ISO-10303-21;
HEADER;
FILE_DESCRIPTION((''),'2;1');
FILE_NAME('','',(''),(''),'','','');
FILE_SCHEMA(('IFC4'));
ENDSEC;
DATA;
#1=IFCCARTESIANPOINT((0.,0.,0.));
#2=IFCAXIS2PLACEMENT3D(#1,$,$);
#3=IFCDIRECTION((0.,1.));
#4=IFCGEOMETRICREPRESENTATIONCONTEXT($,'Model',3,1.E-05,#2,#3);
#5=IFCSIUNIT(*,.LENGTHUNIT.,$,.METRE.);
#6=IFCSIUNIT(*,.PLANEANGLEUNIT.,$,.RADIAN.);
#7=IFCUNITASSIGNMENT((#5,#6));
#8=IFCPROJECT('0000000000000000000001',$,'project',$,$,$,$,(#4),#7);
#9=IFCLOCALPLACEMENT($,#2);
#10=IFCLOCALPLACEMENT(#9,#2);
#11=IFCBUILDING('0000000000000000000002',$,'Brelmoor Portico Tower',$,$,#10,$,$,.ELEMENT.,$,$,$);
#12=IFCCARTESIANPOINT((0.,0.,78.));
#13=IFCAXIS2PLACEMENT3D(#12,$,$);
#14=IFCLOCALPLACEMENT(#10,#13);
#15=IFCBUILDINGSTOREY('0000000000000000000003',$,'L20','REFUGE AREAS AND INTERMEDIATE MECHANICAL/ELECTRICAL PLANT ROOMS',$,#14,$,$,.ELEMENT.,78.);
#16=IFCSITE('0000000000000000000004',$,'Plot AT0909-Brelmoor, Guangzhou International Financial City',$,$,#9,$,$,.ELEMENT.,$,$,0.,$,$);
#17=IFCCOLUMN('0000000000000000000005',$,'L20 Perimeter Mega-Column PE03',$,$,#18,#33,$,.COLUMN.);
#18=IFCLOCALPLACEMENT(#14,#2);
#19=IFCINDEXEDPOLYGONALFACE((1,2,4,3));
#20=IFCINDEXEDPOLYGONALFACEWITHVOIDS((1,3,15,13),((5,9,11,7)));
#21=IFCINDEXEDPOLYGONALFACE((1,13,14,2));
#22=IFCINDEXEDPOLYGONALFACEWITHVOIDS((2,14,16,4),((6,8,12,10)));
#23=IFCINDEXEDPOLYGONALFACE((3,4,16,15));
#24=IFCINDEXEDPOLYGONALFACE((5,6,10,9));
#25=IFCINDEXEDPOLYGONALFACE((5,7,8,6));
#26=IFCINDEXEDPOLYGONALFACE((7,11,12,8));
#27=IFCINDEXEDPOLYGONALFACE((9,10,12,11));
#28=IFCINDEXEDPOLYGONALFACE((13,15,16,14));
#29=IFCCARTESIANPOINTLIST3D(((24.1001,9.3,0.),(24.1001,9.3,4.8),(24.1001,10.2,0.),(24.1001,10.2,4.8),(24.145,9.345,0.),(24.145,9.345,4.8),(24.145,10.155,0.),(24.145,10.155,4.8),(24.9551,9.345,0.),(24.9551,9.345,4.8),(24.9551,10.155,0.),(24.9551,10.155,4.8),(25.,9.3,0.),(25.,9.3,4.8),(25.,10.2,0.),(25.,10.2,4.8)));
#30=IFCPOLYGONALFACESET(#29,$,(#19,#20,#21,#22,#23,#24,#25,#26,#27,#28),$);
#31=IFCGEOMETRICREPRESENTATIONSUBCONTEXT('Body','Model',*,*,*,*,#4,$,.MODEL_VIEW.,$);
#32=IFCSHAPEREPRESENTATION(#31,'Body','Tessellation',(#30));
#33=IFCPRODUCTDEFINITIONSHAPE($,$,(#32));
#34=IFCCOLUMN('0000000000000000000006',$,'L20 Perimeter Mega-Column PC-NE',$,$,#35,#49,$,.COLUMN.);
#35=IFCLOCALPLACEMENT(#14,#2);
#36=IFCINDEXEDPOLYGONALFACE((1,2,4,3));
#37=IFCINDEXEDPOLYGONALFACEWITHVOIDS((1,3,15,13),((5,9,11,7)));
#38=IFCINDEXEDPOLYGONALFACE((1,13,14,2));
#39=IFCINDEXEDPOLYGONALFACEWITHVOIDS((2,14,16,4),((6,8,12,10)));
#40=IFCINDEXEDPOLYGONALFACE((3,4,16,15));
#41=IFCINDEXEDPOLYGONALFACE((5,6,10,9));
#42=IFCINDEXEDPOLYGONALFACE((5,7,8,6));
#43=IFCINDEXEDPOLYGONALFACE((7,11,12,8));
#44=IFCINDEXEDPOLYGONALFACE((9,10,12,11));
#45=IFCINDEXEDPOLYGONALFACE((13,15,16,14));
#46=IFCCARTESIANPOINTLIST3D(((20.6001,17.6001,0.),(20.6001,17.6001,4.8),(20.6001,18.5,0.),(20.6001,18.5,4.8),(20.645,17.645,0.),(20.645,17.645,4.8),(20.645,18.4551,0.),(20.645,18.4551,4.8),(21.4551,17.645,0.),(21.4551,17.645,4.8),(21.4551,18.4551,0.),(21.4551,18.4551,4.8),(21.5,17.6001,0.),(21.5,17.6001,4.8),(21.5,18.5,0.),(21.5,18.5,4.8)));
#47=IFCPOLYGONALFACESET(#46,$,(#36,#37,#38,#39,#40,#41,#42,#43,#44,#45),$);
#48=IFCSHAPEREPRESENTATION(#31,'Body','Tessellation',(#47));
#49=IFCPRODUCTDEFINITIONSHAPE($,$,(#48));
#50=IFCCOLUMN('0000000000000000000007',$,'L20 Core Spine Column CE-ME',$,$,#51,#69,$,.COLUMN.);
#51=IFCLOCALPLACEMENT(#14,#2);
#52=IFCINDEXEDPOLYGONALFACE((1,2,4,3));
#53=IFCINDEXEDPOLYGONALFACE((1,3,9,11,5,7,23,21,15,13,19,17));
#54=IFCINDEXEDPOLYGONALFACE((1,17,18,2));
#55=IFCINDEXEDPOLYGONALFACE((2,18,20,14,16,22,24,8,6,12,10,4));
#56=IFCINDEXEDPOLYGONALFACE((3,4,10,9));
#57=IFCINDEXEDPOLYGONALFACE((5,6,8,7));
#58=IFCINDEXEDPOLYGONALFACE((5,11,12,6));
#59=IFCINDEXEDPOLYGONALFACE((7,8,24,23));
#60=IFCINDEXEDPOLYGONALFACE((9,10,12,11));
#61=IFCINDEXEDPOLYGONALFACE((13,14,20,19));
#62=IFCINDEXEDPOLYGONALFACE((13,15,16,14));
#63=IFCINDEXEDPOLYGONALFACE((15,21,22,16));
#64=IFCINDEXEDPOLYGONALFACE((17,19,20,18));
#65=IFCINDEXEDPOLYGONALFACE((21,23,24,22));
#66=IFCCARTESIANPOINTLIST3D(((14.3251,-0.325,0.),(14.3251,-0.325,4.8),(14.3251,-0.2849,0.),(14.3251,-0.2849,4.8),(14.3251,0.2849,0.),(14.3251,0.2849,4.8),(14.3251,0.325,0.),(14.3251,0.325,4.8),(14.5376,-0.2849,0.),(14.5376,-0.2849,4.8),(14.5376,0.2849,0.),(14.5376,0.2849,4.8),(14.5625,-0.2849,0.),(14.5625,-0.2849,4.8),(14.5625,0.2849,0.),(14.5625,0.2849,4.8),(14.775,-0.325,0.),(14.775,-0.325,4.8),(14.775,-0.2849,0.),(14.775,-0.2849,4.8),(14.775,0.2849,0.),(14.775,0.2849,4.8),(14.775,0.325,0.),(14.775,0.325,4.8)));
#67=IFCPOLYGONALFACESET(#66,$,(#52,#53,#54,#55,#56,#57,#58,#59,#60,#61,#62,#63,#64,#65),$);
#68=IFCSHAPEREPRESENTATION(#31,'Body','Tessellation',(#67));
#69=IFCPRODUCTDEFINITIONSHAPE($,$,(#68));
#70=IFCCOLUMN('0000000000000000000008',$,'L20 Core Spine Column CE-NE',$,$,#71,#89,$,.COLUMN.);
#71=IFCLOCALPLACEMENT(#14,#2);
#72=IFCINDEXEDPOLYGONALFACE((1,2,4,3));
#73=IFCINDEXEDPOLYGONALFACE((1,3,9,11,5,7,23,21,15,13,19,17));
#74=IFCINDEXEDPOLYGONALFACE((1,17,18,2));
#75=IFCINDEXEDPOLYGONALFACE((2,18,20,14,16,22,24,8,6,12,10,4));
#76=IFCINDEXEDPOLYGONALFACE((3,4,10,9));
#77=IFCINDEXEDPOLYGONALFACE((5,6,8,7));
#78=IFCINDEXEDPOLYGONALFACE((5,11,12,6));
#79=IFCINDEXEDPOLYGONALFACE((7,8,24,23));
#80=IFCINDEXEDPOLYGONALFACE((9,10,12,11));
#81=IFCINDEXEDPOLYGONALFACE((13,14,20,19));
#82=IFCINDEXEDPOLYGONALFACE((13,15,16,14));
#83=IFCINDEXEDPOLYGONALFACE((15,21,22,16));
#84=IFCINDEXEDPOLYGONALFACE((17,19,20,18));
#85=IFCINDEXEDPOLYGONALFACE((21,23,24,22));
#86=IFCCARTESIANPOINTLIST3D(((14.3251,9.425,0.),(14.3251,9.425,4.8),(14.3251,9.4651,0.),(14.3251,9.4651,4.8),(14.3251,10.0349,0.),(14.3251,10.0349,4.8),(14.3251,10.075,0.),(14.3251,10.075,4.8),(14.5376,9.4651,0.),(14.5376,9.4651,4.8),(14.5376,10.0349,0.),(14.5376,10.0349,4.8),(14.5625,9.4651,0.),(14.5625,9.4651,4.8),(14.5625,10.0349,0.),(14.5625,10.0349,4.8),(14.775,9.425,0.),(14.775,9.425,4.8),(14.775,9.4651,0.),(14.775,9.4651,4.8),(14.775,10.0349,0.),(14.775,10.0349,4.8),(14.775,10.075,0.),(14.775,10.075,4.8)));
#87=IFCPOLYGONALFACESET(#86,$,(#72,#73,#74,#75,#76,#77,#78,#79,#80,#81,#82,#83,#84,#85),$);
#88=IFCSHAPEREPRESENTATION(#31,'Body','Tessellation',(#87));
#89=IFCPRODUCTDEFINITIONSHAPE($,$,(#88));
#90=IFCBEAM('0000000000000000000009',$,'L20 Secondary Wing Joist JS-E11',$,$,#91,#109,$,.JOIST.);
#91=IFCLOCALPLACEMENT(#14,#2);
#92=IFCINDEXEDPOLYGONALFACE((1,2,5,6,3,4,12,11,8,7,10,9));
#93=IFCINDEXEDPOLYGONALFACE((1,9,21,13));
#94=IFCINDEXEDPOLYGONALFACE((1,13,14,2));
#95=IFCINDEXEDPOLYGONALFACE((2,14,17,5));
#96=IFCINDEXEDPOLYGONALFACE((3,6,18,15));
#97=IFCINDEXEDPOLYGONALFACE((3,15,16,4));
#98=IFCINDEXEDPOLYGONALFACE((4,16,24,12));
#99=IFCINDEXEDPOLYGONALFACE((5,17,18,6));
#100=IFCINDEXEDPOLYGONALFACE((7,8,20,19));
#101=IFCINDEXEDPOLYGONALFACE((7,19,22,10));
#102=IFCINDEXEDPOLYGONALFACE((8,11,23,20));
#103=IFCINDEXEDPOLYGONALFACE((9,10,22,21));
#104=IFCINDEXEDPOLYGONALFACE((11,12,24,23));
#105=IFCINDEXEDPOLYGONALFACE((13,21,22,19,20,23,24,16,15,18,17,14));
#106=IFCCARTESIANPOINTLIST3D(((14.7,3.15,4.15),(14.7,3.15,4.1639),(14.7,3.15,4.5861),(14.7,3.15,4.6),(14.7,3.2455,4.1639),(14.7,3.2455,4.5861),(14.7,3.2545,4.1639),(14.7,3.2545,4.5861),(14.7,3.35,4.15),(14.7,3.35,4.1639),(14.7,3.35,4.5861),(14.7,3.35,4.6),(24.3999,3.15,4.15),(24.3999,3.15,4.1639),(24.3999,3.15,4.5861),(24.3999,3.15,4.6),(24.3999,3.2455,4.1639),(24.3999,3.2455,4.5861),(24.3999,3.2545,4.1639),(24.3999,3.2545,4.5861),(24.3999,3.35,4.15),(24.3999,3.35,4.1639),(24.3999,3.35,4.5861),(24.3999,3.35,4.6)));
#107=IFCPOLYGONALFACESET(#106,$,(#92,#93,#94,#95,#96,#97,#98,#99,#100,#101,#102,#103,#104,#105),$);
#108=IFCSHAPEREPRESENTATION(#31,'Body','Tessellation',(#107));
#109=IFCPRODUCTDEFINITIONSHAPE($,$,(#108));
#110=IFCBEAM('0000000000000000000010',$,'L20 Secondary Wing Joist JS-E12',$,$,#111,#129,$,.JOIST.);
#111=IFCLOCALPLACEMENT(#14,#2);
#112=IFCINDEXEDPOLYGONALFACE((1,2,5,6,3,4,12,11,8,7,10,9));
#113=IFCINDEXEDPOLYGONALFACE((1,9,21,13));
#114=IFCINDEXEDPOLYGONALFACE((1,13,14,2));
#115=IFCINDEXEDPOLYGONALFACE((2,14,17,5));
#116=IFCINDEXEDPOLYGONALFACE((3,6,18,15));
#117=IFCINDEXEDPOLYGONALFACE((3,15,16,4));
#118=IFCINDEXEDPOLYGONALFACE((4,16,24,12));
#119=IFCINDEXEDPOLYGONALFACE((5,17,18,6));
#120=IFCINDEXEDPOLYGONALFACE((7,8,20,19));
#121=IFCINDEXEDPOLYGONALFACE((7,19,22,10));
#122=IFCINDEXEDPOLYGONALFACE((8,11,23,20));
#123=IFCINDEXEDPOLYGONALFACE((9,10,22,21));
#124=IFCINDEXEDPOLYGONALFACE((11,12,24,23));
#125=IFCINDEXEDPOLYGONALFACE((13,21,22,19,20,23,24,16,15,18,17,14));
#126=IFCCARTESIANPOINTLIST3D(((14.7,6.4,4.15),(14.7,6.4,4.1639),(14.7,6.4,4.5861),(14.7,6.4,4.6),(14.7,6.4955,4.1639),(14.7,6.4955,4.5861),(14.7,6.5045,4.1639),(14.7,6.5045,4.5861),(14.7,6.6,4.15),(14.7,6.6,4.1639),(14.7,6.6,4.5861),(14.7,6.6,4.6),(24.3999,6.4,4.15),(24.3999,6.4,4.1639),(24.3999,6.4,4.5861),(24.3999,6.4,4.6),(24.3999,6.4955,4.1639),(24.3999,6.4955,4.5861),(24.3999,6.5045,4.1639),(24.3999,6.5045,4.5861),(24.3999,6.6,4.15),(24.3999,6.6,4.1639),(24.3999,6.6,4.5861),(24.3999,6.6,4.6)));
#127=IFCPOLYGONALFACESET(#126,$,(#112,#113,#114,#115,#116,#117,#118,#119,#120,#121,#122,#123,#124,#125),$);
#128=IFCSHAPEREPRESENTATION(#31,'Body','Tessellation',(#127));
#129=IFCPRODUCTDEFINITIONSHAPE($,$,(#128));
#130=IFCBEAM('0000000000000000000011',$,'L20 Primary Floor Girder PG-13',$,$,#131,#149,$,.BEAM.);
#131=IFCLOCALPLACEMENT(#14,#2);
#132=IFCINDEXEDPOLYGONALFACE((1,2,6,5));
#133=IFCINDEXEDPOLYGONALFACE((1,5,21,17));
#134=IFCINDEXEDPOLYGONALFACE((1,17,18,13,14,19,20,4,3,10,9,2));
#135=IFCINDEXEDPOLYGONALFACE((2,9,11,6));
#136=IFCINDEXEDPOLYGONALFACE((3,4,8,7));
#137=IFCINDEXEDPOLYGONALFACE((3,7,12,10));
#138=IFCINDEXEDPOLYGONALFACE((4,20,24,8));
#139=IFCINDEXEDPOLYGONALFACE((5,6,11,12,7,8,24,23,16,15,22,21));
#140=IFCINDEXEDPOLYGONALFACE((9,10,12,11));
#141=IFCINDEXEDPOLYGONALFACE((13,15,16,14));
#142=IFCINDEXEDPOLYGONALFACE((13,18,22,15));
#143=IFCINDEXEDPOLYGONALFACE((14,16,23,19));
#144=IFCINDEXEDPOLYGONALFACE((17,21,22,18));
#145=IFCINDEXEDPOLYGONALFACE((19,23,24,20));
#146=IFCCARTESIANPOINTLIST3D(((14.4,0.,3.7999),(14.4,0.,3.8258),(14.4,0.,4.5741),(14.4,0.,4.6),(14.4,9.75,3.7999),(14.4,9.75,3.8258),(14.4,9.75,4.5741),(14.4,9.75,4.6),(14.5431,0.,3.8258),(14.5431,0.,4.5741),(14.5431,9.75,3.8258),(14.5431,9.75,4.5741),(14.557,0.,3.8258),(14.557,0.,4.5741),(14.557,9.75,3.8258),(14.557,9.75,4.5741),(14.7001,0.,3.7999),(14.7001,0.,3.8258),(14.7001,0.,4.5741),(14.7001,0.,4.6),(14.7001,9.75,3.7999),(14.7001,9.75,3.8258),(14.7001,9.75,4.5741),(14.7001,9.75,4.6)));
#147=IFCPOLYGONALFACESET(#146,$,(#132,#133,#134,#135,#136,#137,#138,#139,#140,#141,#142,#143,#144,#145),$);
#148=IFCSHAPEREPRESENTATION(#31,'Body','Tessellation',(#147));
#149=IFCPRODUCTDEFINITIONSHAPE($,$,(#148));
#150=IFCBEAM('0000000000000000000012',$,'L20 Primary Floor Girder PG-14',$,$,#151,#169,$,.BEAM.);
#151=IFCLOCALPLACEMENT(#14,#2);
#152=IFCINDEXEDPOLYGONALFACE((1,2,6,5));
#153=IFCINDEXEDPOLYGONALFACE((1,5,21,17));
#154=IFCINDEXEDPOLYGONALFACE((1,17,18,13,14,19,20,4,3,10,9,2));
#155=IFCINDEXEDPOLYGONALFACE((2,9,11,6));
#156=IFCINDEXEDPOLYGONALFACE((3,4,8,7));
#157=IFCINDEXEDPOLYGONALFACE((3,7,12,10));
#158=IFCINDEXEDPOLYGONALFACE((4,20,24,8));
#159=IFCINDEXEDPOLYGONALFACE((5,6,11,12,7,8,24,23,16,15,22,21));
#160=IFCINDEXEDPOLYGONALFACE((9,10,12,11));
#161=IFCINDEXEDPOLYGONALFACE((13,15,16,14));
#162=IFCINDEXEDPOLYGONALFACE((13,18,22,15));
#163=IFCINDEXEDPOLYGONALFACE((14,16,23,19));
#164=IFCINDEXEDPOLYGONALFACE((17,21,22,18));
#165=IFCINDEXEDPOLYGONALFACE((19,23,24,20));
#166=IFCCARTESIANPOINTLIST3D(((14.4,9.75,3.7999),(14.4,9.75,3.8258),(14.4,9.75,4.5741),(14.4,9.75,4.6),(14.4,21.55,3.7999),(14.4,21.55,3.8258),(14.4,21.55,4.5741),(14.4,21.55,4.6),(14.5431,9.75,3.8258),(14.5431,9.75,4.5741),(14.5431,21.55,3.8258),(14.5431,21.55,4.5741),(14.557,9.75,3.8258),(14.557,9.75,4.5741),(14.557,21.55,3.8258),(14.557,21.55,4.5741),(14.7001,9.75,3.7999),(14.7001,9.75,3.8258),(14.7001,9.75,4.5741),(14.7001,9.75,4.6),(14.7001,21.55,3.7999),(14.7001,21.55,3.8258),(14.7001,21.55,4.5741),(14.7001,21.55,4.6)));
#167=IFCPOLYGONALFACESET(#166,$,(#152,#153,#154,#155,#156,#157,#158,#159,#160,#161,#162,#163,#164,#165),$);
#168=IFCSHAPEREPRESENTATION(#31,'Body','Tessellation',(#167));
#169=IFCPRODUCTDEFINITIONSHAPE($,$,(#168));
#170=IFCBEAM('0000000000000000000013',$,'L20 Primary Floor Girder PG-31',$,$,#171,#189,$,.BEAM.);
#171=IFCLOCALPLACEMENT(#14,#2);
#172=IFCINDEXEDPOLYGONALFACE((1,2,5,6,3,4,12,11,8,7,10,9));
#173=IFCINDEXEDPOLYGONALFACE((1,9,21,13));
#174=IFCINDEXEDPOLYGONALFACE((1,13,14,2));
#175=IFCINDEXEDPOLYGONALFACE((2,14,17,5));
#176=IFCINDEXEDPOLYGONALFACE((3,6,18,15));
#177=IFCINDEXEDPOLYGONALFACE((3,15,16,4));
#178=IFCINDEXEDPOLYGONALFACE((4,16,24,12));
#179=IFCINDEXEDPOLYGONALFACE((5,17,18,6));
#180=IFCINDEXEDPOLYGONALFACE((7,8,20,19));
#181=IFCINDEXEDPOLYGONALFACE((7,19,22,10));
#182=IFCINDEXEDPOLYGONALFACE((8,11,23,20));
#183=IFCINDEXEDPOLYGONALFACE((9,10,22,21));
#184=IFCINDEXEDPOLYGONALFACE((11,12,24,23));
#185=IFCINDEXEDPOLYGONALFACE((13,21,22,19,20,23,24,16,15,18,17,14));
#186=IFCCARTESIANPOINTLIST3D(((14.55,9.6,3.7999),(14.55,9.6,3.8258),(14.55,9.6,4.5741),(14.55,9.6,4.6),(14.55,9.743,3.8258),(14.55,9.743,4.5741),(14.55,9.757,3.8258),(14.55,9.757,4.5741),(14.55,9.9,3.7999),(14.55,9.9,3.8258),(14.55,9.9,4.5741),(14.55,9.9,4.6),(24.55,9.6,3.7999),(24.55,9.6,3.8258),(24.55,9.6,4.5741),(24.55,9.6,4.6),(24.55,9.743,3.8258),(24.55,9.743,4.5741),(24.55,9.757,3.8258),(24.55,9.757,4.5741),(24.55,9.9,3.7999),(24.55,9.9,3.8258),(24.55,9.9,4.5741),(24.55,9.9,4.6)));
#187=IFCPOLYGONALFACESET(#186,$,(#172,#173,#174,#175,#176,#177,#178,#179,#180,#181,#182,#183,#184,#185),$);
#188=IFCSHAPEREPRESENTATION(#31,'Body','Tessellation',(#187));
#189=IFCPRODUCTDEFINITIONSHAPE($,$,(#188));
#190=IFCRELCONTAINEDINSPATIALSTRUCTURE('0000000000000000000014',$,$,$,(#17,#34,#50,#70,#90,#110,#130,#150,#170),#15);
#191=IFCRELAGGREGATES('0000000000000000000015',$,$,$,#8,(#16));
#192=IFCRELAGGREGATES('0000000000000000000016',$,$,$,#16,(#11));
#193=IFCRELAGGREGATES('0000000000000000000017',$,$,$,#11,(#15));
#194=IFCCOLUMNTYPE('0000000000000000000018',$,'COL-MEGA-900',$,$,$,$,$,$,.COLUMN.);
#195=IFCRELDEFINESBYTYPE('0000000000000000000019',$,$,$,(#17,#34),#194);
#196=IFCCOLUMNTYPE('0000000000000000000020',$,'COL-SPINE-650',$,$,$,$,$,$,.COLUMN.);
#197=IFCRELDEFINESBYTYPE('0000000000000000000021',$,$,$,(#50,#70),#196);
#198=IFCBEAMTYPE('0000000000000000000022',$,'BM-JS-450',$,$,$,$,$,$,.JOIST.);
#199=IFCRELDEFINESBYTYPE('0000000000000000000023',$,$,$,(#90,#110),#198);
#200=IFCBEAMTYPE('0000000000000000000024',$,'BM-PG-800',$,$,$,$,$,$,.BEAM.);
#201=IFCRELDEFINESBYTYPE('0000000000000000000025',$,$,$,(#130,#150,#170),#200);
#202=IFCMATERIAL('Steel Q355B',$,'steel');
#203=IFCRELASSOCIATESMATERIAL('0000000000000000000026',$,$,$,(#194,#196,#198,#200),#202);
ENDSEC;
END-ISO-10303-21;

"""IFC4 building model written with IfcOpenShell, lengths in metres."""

from ifc_helpers import new_model, si_unit, direction, frame, origin, origin_2d, place, context, subcontext, project, spatial, hollow_rectangle, i_section, extrude, material, material_profile, profile_set, type_object, element, save


model = new_model("IFC4")

# Units and contexts
model_context = context("Model", 3, precision=1e-05, world=origin(), true_north=direction((0.0, 1.0)))
body_context = subcontext(model_context, "Body", "Model", "MODEL_VIEW")
ifc_project = project(units=[si_unit("LENGTHUNIT", "METRE"), si_unit("PLANEANGLEUNIT", "RADIAN")], contexts=[model_context])

# Site, building, storey
site_placement = place(None, origin())
site = spatial("IfcSite", under=ifc_project, at=site_placement, Name="Plot AT0909-Brelmoor, Guangzhou International Financial City", CompositionType="ELEMENT", RefElevation=0.0)
building_placement = place(site_placement, origin())
building = spatial("IfcBuilding", under=site, at=building_placement, Name="Brelmoor Portico Tower", CompositionType="ELEMENT")
storey_placement = place(building_placement, frame((0.0, 0.0, 78.0)))
storey = spatial("IfcBuildingStorey", under=building, at=storey_placement, Name="L20", Description="REFUGE AREAS AND INTERMEDIATE MECHANICAL/ELECTRICAL PLANT ROOMS", CompositionType="ELEMENT", Elevation=78.0)

# Columns
ifc_material_1 = material(Name="Steel Q355B", Category="steel")
ifc_material_profile_1 = material_profile(ifc_material_1, hollow_rectangle(XDim=0.8999, YDim=0.8999, WallThickness=0.0449, at=origin_2d()), Name="BOX 900x900x45")
ifc_profile_set_1 = profile_set([ifc_material_profile_1], Name="Steel Q355B")
column_type_1 = type_object("IfcColumnType", Name="COL-MEGA-900", PredefinedType="COLUMN", material=ifc_profile_set_1)
for number, where, z_axis, x_axis, name in (
    (1, (24.55, 9.75, 0.0), (0.0, 0.0, 1.0), (0.0, 1.0, 0.0), "L20 Perimeter Mega-Column PE03"),
    (2, (21.05, 18.05, 0.0), (0.0, 0.0, 1.0), (1.0, 0.0, 0.0), "L20 Perimeter Mega-Column PC-NE"),
):
    element("IfcColumn", number, at=place(storey_placement, frame(where, z_axis=z_axis, x_axis=x_axis)), inside=storey, type_object=column_type_1, Name=name, PredefinedType="COLUMN", context=body_context, shape_type="SweptSolid", body=[
        extrude(hollow_rectangle(XDim=0.8999, YDim=0.8999, WallThickness=0.0449, at=origin_2d()), origin(), (0.0, 0.0, 1.0), 4.8),
    ])
ifc_material_profile_2 = material_profile(ifc_material_1, i_section(OverallWidth=0.45, OverallDepth=0.6499, WebThickness=0.0249, FlangeThickness=0.04, at=origin_2d()), Name="HW 650x450x25x40")
ifc_profile_set_2 = profile_set([ifc_material_profile_2], Name="Steel Q355B")
column_type_2 = type_object("IfcColumnType", Name="COL-SPINE-650", PredefinedType="COLUMN", material=ifc_profile_set_2)
for number, where, z_axis, x_axis, name in (
    (3, (14.55, 0.0, 0.0), (0.0, 0.0, 1.0), (1.0, 0.0, 0.0), "L20 Core Spine Column CE-ME"),
    (4, (14.55, 9.75, 0.0), (0.0, 0.0, 1.0), (1.0, 0.0, 0.0), "L20 Core Spine Column CE-NE"),
):
    element("IfcColumn", number, at=place(storey_placement, frame(where, z_axis=z_axis, x_axis=x_axis)), inside=storey, type_object=column_type_2, Name=name, PredefinedType="COLUMN", context=body_context, shape_type="SweptSolid", body=[
        extrude(i_section(OverallWidth=0.45, OverallDepth=0.6499, WebThickness=0.0249, FlangeThickness=0.04, at=origin_2d()), origin(), (0.0, 0.0, 1.0), 4.8),
    ])

# Beams
ifc_material_profile_3 = material_profile(ifc_material_1, i_section(OverallWidth=0.2, OverallDepth=0.45, WebThickness=0.009, FlangeThickness=0.0139, at=origin_2d()), Name="HN 450x200x9x14")
ifc_profile_set_3 = profile_set([ifc_material_profile_3], Name="Steel Q355B")
beam_type_1 = type_object("IfcBeamType", Name="BM-JS-450", PredefinedType="JOIST", material=ifc_profile_set_3)
for number, where, z_axis, x_axis, name in (
    (5, (14.7, 3.25, 4.375), (1.0, 0.0, 0.0), (0.0, 1.0, 0.0), "L20 Secondary Wing Joist JS-E11"),
    (6, (14.7, 6.5, 4.375), (1.0, 0.0, 0.0), (0.0, 1.0, 0.0), "L20 Secondary Wing Joist JS-E12"),
):
    element("IfcBeam", number, at=place(storey_placement, frame(where, z_axis=z_axis, x_axis=x_axis)), inside=storey, type_object=beam_type_1, Name=name, PredefinedType="JOIST", context=body_context, shape_type="SweptSolid", body=[
        extrude(i_section(OverallWidth=0.2, OverallDepth=0.45, WebThickness=0.009, FlangeThickness=0.0139, at=origin_2d()), origin(), (0.0, 0.0, 1.0), 9.7),
    ])
ifc_material_profile_4 = material_profile(ifc_material_1, i_section(OverallWidth=0.3, OverallDepth=0.8, WebThickness=0.0139, FlangeThickness=0.0259, at=origin_2d()), Name="HN 800x300x14x26")
ifc_profile_set_4 = profile_set([ifc_material_profile_4], Name="Steel Q355B")
beam_type_2 = type_object("IfcBeamType", Name="BM-PG-800", PredefinedType="BEAM", material=ifc_profile_set_4)
beam_1_placement = place(storey_placement, frame((14.55, 0.0, 4.2), z_axis=(0.0, 1.0, 0.0), x_axis=(-1.0, 0.0, 0.0)))
element("IfcBeam", 7, at=beam_1_placement, inside=storey, type_object=beam_type_2, Name="L20 Primary Floor Girder PG-13", PredefinedType="BEAM", context=body_context, shape_type="SweptSolid", body=[
    extrude(i_section(OverallWidth=0.3, OverallDepth=0.8, WebThickness=0.0139, FlangeThickness=0.0259, at=origin_2d()), origin(), (0.0, 0.0, 1.0), 9.75),
])
beam_2_placement = place(storey_placement, frame((14.55, 9.75, 4.2), z_axis=(0.0, 1.0, 0.0), x_axis=(-1.0, 0.0, 0.0)))
element("IfcBeam", 8, at=beam_2_placement, inside=storey, type_object=beam_type_2, Name="L20 Primary Floor Girder PG-14", PredefinedType="BEAM", context=body_context, shape_type="SweptSolid", body=[
    extrude(i_section(OverallWidth=0.3, OverallDepth=0.8, WebThickness=0.0139, FlangeThickness=0.0259, at=origin_2d()), origin(), (0.0, 0.0, 1.0), 11.8),
])
beam_3_placement = place(storey_placement, frame((14.55, 9.75, 4.2), z_axis=(1.0, 0.0, 0.0), x_axis=(0.0, 1.0, 0.0)))
element("IfcBeam", 9, at=beam_3_placement, inside=storey, type_object=beam_type_2, Name="L20 Primary Floor Girder PG-31", PredefinedType="BEAM", context=body_context, shape_type="SweptSolid", body=[
    extrude(i_section(OverallWidth=0.3, OverallDepth=0.8, WebThickness=0.0139, FlangeThickness=0.0259, at=origin_2d()), origin(), (0.0, 0.0, 1.0), 10.0),
])

save(model, "model.ifc")
